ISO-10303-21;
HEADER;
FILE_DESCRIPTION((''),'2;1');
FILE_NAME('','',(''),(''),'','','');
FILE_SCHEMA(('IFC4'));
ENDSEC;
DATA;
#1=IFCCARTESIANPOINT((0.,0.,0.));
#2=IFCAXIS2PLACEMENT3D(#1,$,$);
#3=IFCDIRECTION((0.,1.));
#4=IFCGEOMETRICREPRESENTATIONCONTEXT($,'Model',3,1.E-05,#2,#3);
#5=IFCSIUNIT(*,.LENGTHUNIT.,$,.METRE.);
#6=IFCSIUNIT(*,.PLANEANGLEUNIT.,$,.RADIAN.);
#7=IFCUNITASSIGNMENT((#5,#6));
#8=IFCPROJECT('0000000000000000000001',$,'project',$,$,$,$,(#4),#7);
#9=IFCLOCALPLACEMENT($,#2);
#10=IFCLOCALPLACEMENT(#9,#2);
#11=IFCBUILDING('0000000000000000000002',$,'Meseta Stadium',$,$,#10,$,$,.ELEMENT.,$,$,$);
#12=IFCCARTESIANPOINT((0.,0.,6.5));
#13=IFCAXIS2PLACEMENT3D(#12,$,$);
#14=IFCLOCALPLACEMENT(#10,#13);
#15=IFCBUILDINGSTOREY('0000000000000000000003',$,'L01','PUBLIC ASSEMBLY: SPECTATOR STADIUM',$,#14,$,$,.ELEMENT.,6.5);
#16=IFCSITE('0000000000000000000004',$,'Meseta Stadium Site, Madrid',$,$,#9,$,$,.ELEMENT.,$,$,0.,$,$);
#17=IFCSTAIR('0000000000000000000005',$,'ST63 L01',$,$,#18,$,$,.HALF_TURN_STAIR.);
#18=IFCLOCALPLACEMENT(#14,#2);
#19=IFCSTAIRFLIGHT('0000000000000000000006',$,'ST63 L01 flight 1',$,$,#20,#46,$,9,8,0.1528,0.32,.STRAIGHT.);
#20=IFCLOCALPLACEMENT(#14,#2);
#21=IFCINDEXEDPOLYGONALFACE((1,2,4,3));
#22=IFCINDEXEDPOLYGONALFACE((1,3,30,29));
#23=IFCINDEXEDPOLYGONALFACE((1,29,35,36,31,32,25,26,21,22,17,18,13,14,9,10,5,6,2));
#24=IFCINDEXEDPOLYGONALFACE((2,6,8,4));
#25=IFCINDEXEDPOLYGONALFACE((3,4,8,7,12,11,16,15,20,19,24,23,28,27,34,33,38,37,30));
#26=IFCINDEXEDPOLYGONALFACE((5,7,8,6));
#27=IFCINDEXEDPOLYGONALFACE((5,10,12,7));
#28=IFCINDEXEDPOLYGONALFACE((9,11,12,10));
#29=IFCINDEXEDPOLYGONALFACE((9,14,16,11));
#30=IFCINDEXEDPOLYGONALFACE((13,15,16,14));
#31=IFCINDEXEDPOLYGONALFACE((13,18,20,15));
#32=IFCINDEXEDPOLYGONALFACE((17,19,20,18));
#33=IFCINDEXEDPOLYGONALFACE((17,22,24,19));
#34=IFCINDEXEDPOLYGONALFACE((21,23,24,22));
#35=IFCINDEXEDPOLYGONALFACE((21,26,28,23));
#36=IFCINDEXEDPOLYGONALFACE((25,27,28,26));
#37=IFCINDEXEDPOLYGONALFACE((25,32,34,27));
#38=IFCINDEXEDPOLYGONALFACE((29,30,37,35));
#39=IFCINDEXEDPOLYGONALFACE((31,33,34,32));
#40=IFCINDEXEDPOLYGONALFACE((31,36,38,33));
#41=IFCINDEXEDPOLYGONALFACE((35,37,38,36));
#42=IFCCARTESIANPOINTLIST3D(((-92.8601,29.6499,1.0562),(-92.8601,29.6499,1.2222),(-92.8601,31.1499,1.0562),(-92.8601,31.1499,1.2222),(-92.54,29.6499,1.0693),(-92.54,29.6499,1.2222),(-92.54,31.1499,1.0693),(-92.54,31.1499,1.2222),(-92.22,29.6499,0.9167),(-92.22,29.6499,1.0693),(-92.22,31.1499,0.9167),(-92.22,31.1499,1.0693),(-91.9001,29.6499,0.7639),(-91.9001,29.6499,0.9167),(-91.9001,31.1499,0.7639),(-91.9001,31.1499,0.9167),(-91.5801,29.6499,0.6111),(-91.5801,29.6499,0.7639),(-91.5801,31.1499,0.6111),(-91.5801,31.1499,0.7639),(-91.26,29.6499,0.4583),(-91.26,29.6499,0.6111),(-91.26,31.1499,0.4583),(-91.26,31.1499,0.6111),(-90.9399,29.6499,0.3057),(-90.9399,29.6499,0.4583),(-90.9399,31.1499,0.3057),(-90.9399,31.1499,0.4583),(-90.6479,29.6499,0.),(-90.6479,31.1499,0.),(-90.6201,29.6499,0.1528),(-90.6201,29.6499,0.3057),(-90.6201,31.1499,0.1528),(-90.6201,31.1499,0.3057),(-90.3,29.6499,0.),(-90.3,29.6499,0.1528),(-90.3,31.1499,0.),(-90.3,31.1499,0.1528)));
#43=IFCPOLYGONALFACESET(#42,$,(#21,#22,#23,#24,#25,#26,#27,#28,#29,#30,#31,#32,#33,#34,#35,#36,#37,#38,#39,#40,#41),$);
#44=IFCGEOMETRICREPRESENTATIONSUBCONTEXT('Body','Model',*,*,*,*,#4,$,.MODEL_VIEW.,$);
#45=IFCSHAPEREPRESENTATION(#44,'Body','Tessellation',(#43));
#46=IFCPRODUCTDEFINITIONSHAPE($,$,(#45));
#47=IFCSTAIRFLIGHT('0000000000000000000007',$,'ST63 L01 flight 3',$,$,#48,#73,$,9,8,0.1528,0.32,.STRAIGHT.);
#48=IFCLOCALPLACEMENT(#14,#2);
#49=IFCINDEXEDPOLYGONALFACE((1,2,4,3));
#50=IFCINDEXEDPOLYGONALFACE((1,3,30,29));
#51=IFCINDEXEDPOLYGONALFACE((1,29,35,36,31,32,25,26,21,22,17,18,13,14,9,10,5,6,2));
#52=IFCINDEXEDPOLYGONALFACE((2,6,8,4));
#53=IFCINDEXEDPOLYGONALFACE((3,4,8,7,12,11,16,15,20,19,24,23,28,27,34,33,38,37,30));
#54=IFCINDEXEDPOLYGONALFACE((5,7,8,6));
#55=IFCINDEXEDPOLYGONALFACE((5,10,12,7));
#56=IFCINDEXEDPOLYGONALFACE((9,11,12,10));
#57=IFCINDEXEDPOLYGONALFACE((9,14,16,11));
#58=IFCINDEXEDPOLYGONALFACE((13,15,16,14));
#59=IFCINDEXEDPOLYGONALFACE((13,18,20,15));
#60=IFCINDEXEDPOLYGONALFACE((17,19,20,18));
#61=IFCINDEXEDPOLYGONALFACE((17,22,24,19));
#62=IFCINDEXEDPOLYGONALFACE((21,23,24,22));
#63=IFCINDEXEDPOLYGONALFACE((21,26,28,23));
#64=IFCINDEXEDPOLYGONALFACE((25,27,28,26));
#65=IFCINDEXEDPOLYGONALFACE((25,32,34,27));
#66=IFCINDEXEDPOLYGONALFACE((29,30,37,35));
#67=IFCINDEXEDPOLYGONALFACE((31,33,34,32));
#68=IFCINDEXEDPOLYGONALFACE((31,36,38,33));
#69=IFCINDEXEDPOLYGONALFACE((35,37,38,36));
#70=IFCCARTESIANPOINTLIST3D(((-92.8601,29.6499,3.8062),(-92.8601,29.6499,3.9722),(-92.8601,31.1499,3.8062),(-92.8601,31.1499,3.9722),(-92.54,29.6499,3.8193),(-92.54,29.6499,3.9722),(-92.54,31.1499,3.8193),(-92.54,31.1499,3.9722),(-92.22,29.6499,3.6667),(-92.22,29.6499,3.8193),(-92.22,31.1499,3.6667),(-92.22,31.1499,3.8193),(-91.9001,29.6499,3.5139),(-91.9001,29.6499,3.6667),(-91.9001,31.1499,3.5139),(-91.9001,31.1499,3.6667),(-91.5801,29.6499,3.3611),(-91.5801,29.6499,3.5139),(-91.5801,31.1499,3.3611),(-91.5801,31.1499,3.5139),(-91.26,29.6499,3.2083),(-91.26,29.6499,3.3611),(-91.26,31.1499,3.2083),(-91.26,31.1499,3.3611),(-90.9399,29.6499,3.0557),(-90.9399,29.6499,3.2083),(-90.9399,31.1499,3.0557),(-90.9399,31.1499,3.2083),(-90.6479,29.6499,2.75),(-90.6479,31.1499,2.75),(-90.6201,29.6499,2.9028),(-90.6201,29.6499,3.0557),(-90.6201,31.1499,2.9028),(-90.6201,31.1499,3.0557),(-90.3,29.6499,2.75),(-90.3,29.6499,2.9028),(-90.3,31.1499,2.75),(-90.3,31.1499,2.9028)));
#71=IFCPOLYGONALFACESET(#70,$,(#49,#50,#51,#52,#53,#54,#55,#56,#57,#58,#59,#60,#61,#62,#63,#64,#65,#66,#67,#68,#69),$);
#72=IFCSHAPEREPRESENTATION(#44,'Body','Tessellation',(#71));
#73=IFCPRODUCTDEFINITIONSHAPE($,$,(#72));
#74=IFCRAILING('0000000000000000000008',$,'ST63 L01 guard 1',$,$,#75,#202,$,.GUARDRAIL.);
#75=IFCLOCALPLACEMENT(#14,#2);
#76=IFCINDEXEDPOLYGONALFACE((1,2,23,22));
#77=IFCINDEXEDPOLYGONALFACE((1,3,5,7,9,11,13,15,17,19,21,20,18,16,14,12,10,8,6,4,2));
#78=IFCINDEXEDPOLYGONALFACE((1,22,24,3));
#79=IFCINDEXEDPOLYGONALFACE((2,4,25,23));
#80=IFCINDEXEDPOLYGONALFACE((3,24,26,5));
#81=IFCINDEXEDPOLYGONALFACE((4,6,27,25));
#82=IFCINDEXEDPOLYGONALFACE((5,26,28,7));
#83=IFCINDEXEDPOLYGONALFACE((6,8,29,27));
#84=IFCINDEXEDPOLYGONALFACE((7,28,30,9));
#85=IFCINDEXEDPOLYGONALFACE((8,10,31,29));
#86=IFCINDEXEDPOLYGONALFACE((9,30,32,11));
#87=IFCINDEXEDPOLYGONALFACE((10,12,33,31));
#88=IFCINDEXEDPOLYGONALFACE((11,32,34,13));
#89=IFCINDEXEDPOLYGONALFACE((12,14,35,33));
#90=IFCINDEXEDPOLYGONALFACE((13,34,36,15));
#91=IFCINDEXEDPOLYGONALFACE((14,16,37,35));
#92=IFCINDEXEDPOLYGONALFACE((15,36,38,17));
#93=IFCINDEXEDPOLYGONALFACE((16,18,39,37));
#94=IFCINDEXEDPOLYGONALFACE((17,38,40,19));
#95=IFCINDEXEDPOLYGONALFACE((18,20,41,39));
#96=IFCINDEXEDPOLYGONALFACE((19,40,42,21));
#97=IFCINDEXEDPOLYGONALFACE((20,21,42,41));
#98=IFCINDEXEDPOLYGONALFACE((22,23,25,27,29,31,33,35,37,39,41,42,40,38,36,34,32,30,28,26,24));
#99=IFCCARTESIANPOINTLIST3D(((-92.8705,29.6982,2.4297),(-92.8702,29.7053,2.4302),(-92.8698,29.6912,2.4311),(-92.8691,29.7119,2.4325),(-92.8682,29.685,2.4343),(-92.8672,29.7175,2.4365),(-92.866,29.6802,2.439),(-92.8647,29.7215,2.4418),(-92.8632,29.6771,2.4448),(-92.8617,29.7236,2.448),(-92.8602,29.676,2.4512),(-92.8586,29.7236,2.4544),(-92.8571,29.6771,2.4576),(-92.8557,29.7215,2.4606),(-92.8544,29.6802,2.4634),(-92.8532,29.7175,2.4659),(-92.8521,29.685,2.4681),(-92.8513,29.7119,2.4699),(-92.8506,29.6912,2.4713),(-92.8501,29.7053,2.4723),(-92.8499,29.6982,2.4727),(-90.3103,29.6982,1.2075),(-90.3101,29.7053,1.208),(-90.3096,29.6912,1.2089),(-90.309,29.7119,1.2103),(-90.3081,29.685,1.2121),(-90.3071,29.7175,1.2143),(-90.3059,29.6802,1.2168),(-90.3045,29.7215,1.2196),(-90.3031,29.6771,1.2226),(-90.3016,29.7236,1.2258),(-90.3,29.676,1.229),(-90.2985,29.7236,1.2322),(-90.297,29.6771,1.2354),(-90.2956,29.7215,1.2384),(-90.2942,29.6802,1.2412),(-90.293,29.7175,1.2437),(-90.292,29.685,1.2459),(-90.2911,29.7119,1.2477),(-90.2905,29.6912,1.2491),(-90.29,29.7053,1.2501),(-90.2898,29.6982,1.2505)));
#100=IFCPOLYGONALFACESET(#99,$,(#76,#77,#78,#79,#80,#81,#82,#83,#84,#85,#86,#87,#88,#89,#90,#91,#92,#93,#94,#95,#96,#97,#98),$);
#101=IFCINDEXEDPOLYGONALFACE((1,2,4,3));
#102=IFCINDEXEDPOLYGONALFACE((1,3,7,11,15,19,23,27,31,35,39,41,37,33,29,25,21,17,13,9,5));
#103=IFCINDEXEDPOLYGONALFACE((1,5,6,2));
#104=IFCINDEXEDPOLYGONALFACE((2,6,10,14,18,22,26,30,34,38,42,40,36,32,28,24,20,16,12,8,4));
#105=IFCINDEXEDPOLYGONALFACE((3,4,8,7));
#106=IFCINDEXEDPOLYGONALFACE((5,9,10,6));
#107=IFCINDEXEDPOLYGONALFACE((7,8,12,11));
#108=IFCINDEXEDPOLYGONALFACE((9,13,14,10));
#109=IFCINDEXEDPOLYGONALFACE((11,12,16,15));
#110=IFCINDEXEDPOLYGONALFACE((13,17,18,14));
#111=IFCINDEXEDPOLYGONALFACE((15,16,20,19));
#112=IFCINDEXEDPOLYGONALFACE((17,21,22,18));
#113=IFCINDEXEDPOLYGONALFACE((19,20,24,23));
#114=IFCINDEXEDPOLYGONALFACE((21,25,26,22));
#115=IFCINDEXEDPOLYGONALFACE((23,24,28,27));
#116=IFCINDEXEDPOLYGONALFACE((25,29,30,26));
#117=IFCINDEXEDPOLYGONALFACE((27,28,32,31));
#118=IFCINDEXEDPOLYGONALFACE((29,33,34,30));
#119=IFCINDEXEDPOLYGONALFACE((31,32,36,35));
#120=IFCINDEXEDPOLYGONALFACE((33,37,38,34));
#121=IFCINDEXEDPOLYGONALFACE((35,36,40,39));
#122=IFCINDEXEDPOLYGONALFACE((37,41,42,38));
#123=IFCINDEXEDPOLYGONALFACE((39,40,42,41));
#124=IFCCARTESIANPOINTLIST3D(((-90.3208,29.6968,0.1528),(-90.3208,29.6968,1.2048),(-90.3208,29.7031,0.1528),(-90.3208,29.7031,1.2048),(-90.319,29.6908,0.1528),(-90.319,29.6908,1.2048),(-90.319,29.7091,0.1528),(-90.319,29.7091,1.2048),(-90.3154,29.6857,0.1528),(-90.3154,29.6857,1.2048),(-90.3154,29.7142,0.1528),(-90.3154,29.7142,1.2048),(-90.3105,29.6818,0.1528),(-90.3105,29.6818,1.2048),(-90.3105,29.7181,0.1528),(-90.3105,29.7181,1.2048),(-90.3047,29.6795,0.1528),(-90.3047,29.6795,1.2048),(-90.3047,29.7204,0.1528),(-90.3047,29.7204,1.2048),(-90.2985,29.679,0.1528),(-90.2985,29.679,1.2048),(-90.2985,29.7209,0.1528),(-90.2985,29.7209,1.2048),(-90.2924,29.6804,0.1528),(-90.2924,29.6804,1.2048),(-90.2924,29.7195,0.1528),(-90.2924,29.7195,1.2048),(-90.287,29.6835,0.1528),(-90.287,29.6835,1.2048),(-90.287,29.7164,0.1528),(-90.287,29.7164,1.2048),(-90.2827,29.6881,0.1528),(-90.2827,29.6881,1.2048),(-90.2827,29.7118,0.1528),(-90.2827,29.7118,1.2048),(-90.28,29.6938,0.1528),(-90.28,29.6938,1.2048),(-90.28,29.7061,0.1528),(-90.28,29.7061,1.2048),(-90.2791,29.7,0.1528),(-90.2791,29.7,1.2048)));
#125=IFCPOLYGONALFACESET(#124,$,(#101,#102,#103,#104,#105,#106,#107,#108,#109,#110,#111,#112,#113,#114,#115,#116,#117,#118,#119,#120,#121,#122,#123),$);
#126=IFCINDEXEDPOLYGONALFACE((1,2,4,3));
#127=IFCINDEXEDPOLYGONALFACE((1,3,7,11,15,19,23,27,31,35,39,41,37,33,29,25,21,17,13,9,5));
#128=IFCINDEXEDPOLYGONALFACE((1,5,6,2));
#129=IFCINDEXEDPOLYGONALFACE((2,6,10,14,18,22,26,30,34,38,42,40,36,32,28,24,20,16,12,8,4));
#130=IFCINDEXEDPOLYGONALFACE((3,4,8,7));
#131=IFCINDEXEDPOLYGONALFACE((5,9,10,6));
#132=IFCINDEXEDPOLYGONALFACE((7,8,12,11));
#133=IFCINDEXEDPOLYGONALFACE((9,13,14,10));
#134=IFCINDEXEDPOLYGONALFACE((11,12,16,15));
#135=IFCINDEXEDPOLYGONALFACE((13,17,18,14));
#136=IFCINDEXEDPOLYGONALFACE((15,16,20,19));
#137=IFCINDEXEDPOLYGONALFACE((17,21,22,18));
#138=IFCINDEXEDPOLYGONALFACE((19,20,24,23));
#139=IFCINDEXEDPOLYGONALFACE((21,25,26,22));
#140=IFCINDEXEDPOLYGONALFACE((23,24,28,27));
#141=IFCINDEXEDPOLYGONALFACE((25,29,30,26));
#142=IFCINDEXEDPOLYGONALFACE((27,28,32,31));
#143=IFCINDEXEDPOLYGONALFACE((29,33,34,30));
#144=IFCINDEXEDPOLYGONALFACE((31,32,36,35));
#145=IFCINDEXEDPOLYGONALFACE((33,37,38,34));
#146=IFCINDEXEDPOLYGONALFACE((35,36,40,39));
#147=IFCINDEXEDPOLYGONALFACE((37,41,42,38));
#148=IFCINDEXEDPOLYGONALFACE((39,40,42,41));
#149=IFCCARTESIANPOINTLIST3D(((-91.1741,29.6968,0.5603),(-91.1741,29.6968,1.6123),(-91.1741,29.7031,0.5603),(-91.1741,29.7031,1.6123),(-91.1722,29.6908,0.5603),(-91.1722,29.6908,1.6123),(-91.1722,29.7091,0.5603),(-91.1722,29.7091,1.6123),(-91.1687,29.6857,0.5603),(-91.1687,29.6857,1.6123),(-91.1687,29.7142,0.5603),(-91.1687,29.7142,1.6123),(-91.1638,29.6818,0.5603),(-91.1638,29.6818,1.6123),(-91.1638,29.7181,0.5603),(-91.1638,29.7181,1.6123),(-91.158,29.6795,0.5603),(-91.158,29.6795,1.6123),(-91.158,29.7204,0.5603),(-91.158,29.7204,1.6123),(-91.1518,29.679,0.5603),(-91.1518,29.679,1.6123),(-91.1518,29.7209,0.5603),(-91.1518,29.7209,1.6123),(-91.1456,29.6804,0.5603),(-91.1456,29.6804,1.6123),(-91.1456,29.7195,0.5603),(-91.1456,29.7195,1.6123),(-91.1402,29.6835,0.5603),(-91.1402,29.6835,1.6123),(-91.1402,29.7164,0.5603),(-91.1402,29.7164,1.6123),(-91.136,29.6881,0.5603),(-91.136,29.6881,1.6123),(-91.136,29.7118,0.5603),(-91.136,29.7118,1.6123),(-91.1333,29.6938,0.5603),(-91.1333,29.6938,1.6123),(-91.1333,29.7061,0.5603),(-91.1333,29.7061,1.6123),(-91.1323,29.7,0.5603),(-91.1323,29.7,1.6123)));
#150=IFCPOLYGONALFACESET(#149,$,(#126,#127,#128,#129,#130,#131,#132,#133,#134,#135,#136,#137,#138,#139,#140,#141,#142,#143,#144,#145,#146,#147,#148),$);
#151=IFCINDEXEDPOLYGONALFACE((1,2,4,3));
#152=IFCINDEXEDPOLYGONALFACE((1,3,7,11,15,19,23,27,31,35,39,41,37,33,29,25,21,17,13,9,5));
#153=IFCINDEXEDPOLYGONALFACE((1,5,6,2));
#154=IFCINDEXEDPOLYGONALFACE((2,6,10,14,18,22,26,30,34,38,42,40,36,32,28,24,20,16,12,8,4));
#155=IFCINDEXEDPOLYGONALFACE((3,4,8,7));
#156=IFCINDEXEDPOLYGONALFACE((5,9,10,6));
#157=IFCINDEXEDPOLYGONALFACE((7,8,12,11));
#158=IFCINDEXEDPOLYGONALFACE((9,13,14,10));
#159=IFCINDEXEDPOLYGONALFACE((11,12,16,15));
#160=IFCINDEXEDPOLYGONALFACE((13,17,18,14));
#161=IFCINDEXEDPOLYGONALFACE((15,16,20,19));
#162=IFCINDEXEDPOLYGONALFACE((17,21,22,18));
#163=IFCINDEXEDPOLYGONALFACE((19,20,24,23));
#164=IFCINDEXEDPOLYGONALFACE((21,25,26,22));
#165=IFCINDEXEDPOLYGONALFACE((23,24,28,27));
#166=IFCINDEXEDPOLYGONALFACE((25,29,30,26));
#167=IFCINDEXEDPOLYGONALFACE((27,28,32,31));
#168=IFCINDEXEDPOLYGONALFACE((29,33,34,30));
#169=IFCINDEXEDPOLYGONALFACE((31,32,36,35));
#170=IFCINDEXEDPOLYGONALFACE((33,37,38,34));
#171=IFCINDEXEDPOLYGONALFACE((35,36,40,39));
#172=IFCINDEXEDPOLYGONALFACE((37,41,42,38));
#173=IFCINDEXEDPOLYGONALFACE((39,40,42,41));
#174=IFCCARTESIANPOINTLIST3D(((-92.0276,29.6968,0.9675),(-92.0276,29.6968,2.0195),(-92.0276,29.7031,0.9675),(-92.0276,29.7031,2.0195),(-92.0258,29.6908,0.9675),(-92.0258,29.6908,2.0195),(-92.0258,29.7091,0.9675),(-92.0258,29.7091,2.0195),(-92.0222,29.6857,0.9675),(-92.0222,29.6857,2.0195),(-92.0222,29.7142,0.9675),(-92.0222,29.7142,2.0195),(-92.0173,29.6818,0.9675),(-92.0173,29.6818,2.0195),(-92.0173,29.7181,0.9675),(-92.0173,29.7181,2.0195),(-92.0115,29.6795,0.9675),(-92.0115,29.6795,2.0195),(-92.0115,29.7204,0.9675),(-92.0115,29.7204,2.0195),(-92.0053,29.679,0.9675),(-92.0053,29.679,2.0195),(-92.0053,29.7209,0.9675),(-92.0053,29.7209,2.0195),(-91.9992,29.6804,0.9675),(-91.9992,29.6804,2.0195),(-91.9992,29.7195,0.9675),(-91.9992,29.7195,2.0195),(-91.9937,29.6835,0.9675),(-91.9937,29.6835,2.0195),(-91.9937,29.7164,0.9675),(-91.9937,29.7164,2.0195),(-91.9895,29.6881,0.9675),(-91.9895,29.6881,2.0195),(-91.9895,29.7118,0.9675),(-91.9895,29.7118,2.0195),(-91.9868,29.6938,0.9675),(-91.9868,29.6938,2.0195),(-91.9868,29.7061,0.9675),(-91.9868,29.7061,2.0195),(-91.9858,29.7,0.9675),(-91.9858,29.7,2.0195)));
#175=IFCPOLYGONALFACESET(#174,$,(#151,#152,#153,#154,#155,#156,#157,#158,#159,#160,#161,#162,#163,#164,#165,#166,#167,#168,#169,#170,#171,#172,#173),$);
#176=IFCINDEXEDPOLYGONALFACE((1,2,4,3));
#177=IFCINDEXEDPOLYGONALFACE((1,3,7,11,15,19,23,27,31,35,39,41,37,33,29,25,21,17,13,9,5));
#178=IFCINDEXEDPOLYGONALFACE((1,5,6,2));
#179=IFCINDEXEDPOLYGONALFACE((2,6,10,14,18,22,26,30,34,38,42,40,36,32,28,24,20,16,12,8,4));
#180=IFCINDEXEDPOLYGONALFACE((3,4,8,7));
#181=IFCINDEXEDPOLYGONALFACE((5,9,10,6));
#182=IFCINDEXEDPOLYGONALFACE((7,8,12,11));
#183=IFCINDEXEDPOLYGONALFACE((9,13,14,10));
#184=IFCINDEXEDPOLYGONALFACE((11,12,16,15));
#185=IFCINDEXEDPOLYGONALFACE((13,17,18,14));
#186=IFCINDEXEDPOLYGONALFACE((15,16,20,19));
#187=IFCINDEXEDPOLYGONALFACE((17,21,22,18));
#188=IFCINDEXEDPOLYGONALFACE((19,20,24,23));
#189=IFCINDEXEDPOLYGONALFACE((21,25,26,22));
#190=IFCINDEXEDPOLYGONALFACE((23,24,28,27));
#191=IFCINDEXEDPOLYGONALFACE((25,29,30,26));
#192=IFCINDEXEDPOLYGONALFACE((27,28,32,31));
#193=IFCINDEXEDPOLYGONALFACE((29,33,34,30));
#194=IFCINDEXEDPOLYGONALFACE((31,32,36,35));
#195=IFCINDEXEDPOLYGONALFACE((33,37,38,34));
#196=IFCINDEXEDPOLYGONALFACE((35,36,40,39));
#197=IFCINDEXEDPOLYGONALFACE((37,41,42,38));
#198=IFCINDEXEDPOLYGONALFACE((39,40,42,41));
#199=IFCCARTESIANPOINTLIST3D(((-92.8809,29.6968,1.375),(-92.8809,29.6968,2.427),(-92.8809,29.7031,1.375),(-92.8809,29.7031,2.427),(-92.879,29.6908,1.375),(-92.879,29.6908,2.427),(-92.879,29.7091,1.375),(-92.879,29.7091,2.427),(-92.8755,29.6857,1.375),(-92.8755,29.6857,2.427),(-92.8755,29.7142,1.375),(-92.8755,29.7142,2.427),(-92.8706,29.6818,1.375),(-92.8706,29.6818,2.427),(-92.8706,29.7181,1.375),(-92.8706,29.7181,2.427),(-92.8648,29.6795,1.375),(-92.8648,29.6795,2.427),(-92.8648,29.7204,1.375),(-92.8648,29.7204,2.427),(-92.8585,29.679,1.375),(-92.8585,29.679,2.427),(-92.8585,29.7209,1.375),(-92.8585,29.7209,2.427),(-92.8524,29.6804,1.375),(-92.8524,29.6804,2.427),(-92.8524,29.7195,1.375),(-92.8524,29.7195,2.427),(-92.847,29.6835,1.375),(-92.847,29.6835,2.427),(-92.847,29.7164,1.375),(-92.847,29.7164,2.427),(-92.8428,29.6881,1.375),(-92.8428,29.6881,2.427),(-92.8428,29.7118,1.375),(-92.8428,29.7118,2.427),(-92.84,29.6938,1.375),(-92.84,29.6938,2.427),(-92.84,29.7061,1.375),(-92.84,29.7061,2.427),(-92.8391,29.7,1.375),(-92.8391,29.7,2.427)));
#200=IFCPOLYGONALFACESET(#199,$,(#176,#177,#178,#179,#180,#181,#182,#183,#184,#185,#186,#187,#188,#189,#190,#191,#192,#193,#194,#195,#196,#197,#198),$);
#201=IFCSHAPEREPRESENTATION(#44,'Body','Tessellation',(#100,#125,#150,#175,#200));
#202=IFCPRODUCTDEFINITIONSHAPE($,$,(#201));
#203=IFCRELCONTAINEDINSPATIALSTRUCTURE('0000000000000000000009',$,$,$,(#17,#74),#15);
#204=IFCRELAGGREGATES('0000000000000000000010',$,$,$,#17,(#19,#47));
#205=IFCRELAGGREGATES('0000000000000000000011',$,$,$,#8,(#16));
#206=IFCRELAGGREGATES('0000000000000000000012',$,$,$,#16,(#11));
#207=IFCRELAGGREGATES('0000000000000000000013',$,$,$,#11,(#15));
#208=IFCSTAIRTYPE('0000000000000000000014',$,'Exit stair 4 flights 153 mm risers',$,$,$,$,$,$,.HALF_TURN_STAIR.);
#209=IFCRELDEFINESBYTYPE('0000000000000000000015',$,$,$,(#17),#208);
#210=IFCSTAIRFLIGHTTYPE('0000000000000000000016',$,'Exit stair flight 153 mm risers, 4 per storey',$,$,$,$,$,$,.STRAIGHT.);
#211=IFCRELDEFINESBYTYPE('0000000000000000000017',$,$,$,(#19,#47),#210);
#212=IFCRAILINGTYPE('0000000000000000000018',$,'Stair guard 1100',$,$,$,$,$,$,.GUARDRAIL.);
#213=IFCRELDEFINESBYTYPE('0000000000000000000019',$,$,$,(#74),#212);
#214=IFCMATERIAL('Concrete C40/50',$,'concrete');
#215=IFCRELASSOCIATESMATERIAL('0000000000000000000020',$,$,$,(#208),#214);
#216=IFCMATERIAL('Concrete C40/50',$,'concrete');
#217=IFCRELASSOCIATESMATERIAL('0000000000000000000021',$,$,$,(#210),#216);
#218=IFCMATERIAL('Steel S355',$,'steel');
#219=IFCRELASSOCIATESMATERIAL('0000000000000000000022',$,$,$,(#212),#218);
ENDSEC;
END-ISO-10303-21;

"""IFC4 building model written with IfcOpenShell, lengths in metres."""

from ifc_helpers import new_model, si_unit, direction, frame, origin, origin_2d, place, context, subcontext, project, spatial, polyline, circle, outline, extrude, material, type_object, element, aggregate, save


model = new_model("IFC4")

# Units and contexts
model_context = context("Model", 3, precision=1e-05, world=origin(), true_north=direction((0.0, 1.0)))
body_context = subcontext(model_context, "Body", "Model", "MODEL_VIEW")
ifc_project = project(units=[si_unit("LENGTHUNIT", "METRE"), si_unit("PLANEANGLEUNIT", "RADIAN")], contexts=[model_context])

# Site, building, storey
site_placement = place(None, origin())
site = spatial("IfcSite", under=ifc_project, at=site_placement, Name="Meseta Stadium Site, Madrid", CompositionType="ELEMENT", RefElevation=0.0)
building_placement = place(site_placement, origin())
building = spatial("IfcBuilding", under=site, at=building_placement, Name="Meseta Stadium", CompositionType="ELEMENT")
storey_placement = place(building_placement, frame((0.0, 0.0, 6.5)))
storey = spatial("IfcBuildingStorey", under=building, at=storey_placement, Name="L01", Description="PUBLIC ASSEMBLY: SPECTATOR STADIUM", CompositionType="ELEMENT", Elevation=6.5)

# Stair, stair flights
ifc_material_1 = material(Name="Concrete C40/50", Category="concrete")
stair_type = type_object("IfcStairType", Name="Exit stair 4 flights 153 mm risers", PredefinedType="HALF_TURN_STAIR", material=ifc_material_1)
stair_placement = place(storey_placement, origin())
stair = element("IfcStair", 1, at=stair_placement, inside=storey, type_object=stair_type, Name="ST63 L01", PredefinedType="HALF_TURN_STAIR")
ifc_material_2 = material(Name="Concrete C40/50", Category="concrete")
stair_flight_type = type_object("IfcStairFlightType", Name="Exit stair flight 153 mm risers, 4 per storey", PredefinedType="STRAIGHT", material=ifc_material_2)
stair_flight_1_placement = place(storey_placement, frame((-90.3, 30.3999, 0.0), z_axis=(0.0, 0.0, 1.0), x_axis=(-1.0, 0.0, 0.0)))
stair_flight_1 = element("IfcStairFlight", 2, at=stair_flight_1_placement, type_object=stair_flight_type, Name="ST63 L01 flight 1", NumberOfRisers=9, NumberOfTreads=8, PredefinedType="STRAIGHT", RiserHeight=0.1528, TreadLength=0.32, context=body_context, shape_type="SweptSolid", body=[
    extrude(outline(polyline([(0.0, 0.0), (0.0, 0.1528), (0.3201, 0.1528), (0.3201, 0.3057), (0.6399, 0.3057), (0.6399, 0.4583), (0.96, 0.4583), (0.96, 0.6111), (1.28, 0.6111), (1.28, 0.7639), (1.6001, 0.7639), (1.6001, 0.9167), (1.9199, 0.9167), (1.9199, 1.0693), (2.24, 1.0693), (2.24, 1.2222), (2.5601, 1.2222), (2.5601, 1.0562), (0.3479, 0.0), (0.0, 0.0)])), frame((0.0, 0.75, 0.0), z_axis=(0.0, -1.0, 0.0), x_axis=(1.0, 0.0, 0.0)), (0.0, 0.0, 1.0), 1.5),
])
stair_flight_2_placement = place(storey_placement, frame((-90.3, 30.3999, 2.75), z_axis=(0.0, 0.0, 1.0), x_axis=(-1.0, 0.0, 0.0)))
stair_flight_2 = element("IfcStairFlight", 3, at=stair_flight_2_placement, type_object=stair_flight_type, Name="ST63 L01 flight 3", NumberOfRisers=9, NumberOfTreads=8, PredefinedType="STRAIGHT", RiserHeight=0.1528, TreadLength=0.32, context=body_context, shape_type="SweptSolid", body=[
    extrude(outline(polyline([(0.0, 0.0), (0.0, 0.1528), (0.3201, 0.1528), (0.3201, 0.3057), (0.6399, 0.3057), (0.6399, 0.4583), (0.96, 0.4583), (0.96, 0.6111), (1.28, 0.6111), (1.28, 0.7639), (1.6001, 0.7639), (1.6001, 0.9167), (1.9199, 0.9167), (1.9199, 1.0693), (2.24, 1.0693), (2.24, 1.2222), (2.5601, 1.2222), (2.5601, 1.0562), (0.3479, 0.0), (0.0, 0.0)])), frame((0.0, 0.75, 0.0), z_axis=(0.0, -1.0, 0.0), x_axis=(1.0, 0.0, 0.0)), (0.0, 0.0, 1.0), 1.5),
])
aggregate(stair, [stair_flight_1, stair_flight_2])

# Railing
ifc_material_3 = material(Name="Steel S355", Category="steel")
railing_type_1 = type_object("IfcRailingType", Name="Stair guard 1100", PredefinedType="GUARDRAIL", material=ifc_material_3)
railing_1_placement = place(storey_placement, frame((-90.3, 29.7, 0.1528)))
element("IfcRailing", 4, at=railing_1_placement, inside=storey, type_object=railing_type_1, Name="ST63 L01 guard 1", PredefinedType="GUARDRAIL", context=body_context, shape_type="SweptSolid", body=[
    extrude(circle(Radius=0.0239, at=origin_2d()), frame((0.0, 0.0, 1.0762), z_axis=(-0.902437, 0.0, 0.430822), x_axis=(0.0, -1.0, 0.0)), (0.0, 0.0, 1.0), 2.8369),
    extrude(circle(Radius=0.021, at=origin_2d()), origin(), (0.0, 0.0, 1.0), 1.052),
    extrude(circle(Radius=0.021, at=origin_2d()), frame((-0.8533, 0.0, 0.4075)), (0.0, 0.0, 1.0), 1.052),
    extrude(circle(Radius=0.021, at=origin_2d()), frame((-1.7068, 0.0, 0.8147)), (0.0, 0.0, 1.0), 1.052),
    extrude(circle(Radius=0.021, at=origin_2d()), frame((-2.5601, 0.0, 1.2222)), (0.0, 0.0, 1.0), 1.052),
])

save(model, "model.ifc")
